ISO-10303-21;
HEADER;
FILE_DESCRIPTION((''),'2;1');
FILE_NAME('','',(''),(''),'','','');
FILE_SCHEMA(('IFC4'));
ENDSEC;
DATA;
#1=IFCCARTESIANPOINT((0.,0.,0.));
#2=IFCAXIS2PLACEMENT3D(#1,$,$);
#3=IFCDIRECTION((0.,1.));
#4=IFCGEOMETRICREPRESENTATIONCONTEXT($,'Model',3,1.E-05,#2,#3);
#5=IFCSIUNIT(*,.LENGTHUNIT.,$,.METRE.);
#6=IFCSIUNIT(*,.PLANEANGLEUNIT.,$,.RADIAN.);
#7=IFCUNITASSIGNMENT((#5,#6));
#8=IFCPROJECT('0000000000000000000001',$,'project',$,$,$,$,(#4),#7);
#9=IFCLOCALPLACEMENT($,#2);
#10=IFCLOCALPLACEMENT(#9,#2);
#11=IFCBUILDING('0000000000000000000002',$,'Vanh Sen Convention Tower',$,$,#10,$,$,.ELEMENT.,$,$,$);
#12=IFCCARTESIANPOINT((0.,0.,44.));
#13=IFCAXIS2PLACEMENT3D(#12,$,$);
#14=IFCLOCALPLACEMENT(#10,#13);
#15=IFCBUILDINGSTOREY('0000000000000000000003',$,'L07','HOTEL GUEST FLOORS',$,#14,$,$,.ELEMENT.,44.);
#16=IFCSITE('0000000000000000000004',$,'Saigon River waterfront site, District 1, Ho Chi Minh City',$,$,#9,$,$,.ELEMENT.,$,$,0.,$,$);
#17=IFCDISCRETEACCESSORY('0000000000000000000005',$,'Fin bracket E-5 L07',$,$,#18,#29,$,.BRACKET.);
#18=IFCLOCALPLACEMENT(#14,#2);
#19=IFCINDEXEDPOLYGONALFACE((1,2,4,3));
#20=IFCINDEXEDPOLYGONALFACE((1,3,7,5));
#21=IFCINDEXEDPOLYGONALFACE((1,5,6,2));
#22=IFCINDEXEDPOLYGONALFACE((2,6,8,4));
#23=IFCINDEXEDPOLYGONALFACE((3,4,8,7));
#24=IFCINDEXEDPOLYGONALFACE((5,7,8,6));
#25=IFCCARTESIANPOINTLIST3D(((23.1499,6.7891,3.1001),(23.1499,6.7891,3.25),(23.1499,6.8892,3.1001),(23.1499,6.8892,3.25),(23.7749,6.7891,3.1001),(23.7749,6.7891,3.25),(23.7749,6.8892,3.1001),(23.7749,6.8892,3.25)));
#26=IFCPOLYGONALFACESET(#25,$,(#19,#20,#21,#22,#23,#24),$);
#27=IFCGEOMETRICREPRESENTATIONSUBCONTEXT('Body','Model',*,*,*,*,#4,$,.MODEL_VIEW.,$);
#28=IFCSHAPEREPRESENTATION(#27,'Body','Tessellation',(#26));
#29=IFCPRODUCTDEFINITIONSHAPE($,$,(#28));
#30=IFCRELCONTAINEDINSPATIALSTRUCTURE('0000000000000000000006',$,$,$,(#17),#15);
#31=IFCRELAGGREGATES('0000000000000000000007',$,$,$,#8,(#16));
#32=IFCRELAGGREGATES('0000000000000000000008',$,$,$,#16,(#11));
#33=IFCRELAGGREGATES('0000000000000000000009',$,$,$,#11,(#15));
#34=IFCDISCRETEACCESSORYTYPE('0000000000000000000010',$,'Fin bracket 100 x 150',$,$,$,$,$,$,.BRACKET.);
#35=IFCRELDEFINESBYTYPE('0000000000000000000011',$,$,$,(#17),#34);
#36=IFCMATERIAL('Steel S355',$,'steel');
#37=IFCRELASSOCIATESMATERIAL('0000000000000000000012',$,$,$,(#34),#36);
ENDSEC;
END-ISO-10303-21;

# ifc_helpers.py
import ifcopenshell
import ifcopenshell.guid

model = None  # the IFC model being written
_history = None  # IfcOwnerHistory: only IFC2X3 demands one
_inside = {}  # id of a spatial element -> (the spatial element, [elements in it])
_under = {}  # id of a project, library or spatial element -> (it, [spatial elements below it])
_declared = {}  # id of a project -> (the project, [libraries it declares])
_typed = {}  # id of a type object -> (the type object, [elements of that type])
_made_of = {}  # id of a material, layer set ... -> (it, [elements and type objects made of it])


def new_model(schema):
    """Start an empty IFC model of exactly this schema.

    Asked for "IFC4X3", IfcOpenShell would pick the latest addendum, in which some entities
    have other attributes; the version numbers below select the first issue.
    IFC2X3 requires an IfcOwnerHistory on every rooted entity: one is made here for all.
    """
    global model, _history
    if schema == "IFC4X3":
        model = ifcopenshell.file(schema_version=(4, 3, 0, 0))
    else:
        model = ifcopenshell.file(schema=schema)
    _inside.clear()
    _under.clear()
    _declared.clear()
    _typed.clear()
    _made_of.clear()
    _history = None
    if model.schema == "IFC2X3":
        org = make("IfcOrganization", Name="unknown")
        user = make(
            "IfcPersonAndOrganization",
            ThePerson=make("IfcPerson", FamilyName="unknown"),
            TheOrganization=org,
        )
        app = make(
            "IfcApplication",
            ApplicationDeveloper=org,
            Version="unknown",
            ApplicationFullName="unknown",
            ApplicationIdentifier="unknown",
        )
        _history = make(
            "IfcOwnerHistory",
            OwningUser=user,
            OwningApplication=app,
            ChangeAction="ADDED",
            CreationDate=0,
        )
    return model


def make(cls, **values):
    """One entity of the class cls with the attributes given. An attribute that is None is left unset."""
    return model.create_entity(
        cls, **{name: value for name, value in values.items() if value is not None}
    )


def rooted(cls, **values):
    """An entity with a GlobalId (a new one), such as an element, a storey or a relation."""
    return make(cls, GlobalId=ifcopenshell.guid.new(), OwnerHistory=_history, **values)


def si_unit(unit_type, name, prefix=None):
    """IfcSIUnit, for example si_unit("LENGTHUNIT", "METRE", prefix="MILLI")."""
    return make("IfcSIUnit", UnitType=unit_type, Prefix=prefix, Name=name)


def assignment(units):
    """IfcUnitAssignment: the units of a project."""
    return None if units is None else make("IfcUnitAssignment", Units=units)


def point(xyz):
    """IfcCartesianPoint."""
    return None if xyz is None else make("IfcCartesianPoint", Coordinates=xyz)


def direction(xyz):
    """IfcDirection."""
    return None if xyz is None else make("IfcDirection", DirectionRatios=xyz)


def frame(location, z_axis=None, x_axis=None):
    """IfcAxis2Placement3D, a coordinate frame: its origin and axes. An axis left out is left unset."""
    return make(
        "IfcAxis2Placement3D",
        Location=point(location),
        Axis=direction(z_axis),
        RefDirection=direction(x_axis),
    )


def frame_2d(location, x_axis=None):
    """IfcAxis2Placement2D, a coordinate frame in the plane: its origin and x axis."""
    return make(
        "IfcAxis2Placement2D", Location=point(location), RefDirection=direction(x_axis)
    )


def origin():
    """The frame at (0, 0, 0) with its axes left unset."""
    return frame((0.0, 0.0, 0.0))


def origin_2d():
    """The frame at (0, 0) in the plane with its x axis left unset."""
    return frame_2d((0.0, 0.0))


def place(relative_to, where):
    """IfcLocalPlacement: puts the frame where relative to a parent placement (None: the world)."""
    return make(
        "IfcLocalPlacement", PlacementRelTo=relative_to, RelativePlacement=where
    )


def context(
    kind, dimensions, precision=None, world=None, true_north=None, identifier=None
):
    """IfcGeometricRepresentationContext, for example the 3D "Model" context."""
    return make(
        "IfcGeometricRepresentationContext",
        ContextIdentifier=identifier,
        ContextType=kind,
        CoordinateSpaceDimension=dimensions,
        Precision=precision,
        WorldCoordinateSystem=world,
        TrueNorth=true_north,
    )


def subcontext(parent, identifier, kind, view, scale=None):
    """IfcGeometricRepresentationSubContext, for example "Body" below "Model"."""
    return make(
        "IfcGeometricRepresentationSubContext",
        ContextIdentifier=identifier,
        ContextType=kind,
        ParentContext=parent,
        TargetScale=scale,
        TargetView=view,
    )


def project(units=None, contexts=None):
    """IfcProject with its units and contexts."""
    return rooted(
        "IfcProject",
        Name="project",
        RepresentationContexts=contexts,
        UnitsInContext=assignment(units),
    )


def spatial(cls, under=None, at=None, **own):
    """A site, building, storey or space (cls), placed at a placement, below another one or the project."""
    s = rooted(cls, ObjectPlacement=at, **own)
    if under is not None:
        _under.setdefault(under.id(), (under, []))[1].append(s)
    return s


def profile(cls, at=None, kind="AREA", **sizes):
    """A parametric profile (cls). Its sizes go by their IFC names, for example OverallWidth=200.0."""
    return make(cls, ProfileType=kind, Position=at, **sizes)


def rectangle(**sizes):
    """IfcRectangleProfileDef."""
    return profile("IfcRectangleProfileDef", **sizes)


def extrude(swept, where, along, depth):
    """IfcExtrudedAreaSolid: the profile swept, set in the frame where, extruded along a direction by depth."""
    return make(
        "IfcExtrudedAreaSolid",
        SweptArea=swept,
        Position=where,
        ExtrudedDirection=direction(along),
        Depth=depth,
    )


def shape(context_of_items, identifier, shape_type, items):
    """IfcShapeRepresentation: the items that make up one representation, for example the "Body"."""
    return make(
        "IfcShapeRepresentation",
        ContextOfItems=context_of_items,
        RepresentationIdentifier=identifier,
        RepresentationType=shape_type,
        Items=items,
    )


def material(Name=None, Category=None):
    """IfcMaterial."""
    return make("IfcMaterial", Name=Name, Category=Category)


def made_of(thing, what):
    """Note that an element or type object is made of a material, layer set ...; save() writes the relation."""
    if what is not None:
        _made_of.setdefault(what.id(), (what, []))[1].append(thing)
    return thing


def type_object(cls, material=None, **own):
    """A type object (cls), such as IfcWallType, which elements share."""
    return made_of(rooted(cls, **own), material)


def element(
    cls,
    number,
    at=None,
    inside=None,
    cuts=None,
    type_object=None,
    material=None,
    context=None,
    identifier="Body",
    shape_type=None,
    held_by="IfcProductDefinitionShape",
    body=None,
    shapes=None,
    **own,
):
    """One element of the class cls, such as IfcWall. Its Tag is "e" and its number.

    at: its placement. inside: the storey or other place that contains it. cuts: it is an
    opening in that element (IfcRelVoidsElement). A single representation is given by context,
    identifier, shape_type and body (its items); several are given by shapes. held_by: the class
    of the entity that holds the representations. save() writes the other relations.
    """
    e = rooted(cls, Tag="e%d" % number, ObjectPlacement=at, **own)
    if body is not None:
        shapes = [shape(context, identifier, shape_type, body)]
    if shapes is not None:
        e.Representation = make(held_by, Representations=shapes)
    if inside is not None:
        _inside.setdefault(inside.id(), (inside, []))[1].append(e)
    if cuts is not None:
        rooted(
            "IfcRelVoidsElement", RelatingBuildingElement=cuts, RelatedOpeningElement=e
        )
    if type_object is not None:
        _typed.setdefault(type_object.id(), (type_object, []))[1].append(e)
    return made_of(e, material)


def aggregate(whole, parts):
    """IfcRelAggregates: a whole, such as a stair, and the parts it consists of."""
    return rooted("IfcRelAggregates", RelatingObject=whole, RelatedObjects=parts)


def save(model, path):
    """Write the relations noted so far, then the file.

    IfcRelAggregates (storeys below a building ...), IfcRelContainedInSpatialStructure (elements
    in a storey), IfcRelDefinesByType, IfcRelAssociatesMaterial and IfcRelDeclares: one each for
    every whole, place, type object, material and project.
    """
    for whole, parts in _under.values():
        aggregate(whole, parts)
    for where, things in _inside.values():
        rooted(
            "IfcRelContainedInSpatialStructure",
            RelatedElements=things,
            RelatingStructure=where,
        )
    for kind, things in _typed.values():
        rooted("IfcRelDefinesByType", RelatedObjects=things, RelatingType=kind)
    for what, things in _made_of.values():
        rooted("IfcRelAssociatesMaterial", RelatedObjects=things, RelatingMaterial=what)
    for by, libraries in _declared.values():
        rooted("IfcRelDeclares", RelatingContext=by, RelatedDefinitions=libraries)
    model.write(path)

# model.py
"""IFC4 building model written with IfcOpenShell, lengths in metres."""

from ifc_helpers import new_model, si_unit, direction, frame, origin, origin_2d, place, context, subcontext, project, spatial, rectangle, extrude, material, type_object, element, save


model = new_model("IFC4")

# Units and contexts
model_context = context("Model", 3, precision=1e-05, world=origin(), true_north=direction((0.0, 1.0)))
body_context = subcontext(model_context, "Body", "Model", "MODEL_VIEW")
ifc_project = project(units=[si_unit("LENGTHUNIT", "METRE"), si_unit("PLANEANGLEUNIT", "RADIAN")], contexts=[model_context])

# Site, building, storey
site_placement = place(None, origin())
site = spatial("IfcSite", under=ifc_project, at=site_placement, Name="Saigon River waterfront site, District 1, Ho Chi Minh City", CompositionType="ELEMENT", RefElevation=0.0)
building_placement = place(site_placement, origin())
building = spatial("IfcBuilding", under=site, at=building_placement, Name="Vanh Sen Convention Tower", CompositionType="ELEMENT")
storey_placement = place(building_placement, frame((0.0, 0.0, 44.0)))
storey = spatial("IfcBuildingStorey", under=building, at=storey_placement, Name="L07", Description="HOTEL GUEST FLOORS", CompositionType="ELEMENT", Elevation=44.0)

# Discrete accessory
ifc_material_1 = material(Name="Steel S355", Category="steel")
discrete_accessory_type = type_object("IfcDiscreteAccessoryType", Name="Fin bracket 100 x 150", PredefinedType="BRACKET", material=ifc_material_1)
discrete_accessory_placement = place(storey_placement, frame((23.4624, 6.8391, 3.1001), z_axis=(0.0, 0.0, 1.0), x_axis=(1.0, 0.0, 0.0)))
element("IfcDiscreteAccessory", 1, at=discrete_accessory_placement, inside=storey, type_object=discrete_accessory_type, Name="Fin bracket E-5 L07", PredefinedType="BRACKET", context=body_context, shape_type="SweptSolid", body=[
    extrude(rectangle(XDim=0.625, YDim=0.1001, at=origin_2d()), origin(), (0.0, 0.0, 1.0), 0.1499),
])

save(model, "model.ifc")
